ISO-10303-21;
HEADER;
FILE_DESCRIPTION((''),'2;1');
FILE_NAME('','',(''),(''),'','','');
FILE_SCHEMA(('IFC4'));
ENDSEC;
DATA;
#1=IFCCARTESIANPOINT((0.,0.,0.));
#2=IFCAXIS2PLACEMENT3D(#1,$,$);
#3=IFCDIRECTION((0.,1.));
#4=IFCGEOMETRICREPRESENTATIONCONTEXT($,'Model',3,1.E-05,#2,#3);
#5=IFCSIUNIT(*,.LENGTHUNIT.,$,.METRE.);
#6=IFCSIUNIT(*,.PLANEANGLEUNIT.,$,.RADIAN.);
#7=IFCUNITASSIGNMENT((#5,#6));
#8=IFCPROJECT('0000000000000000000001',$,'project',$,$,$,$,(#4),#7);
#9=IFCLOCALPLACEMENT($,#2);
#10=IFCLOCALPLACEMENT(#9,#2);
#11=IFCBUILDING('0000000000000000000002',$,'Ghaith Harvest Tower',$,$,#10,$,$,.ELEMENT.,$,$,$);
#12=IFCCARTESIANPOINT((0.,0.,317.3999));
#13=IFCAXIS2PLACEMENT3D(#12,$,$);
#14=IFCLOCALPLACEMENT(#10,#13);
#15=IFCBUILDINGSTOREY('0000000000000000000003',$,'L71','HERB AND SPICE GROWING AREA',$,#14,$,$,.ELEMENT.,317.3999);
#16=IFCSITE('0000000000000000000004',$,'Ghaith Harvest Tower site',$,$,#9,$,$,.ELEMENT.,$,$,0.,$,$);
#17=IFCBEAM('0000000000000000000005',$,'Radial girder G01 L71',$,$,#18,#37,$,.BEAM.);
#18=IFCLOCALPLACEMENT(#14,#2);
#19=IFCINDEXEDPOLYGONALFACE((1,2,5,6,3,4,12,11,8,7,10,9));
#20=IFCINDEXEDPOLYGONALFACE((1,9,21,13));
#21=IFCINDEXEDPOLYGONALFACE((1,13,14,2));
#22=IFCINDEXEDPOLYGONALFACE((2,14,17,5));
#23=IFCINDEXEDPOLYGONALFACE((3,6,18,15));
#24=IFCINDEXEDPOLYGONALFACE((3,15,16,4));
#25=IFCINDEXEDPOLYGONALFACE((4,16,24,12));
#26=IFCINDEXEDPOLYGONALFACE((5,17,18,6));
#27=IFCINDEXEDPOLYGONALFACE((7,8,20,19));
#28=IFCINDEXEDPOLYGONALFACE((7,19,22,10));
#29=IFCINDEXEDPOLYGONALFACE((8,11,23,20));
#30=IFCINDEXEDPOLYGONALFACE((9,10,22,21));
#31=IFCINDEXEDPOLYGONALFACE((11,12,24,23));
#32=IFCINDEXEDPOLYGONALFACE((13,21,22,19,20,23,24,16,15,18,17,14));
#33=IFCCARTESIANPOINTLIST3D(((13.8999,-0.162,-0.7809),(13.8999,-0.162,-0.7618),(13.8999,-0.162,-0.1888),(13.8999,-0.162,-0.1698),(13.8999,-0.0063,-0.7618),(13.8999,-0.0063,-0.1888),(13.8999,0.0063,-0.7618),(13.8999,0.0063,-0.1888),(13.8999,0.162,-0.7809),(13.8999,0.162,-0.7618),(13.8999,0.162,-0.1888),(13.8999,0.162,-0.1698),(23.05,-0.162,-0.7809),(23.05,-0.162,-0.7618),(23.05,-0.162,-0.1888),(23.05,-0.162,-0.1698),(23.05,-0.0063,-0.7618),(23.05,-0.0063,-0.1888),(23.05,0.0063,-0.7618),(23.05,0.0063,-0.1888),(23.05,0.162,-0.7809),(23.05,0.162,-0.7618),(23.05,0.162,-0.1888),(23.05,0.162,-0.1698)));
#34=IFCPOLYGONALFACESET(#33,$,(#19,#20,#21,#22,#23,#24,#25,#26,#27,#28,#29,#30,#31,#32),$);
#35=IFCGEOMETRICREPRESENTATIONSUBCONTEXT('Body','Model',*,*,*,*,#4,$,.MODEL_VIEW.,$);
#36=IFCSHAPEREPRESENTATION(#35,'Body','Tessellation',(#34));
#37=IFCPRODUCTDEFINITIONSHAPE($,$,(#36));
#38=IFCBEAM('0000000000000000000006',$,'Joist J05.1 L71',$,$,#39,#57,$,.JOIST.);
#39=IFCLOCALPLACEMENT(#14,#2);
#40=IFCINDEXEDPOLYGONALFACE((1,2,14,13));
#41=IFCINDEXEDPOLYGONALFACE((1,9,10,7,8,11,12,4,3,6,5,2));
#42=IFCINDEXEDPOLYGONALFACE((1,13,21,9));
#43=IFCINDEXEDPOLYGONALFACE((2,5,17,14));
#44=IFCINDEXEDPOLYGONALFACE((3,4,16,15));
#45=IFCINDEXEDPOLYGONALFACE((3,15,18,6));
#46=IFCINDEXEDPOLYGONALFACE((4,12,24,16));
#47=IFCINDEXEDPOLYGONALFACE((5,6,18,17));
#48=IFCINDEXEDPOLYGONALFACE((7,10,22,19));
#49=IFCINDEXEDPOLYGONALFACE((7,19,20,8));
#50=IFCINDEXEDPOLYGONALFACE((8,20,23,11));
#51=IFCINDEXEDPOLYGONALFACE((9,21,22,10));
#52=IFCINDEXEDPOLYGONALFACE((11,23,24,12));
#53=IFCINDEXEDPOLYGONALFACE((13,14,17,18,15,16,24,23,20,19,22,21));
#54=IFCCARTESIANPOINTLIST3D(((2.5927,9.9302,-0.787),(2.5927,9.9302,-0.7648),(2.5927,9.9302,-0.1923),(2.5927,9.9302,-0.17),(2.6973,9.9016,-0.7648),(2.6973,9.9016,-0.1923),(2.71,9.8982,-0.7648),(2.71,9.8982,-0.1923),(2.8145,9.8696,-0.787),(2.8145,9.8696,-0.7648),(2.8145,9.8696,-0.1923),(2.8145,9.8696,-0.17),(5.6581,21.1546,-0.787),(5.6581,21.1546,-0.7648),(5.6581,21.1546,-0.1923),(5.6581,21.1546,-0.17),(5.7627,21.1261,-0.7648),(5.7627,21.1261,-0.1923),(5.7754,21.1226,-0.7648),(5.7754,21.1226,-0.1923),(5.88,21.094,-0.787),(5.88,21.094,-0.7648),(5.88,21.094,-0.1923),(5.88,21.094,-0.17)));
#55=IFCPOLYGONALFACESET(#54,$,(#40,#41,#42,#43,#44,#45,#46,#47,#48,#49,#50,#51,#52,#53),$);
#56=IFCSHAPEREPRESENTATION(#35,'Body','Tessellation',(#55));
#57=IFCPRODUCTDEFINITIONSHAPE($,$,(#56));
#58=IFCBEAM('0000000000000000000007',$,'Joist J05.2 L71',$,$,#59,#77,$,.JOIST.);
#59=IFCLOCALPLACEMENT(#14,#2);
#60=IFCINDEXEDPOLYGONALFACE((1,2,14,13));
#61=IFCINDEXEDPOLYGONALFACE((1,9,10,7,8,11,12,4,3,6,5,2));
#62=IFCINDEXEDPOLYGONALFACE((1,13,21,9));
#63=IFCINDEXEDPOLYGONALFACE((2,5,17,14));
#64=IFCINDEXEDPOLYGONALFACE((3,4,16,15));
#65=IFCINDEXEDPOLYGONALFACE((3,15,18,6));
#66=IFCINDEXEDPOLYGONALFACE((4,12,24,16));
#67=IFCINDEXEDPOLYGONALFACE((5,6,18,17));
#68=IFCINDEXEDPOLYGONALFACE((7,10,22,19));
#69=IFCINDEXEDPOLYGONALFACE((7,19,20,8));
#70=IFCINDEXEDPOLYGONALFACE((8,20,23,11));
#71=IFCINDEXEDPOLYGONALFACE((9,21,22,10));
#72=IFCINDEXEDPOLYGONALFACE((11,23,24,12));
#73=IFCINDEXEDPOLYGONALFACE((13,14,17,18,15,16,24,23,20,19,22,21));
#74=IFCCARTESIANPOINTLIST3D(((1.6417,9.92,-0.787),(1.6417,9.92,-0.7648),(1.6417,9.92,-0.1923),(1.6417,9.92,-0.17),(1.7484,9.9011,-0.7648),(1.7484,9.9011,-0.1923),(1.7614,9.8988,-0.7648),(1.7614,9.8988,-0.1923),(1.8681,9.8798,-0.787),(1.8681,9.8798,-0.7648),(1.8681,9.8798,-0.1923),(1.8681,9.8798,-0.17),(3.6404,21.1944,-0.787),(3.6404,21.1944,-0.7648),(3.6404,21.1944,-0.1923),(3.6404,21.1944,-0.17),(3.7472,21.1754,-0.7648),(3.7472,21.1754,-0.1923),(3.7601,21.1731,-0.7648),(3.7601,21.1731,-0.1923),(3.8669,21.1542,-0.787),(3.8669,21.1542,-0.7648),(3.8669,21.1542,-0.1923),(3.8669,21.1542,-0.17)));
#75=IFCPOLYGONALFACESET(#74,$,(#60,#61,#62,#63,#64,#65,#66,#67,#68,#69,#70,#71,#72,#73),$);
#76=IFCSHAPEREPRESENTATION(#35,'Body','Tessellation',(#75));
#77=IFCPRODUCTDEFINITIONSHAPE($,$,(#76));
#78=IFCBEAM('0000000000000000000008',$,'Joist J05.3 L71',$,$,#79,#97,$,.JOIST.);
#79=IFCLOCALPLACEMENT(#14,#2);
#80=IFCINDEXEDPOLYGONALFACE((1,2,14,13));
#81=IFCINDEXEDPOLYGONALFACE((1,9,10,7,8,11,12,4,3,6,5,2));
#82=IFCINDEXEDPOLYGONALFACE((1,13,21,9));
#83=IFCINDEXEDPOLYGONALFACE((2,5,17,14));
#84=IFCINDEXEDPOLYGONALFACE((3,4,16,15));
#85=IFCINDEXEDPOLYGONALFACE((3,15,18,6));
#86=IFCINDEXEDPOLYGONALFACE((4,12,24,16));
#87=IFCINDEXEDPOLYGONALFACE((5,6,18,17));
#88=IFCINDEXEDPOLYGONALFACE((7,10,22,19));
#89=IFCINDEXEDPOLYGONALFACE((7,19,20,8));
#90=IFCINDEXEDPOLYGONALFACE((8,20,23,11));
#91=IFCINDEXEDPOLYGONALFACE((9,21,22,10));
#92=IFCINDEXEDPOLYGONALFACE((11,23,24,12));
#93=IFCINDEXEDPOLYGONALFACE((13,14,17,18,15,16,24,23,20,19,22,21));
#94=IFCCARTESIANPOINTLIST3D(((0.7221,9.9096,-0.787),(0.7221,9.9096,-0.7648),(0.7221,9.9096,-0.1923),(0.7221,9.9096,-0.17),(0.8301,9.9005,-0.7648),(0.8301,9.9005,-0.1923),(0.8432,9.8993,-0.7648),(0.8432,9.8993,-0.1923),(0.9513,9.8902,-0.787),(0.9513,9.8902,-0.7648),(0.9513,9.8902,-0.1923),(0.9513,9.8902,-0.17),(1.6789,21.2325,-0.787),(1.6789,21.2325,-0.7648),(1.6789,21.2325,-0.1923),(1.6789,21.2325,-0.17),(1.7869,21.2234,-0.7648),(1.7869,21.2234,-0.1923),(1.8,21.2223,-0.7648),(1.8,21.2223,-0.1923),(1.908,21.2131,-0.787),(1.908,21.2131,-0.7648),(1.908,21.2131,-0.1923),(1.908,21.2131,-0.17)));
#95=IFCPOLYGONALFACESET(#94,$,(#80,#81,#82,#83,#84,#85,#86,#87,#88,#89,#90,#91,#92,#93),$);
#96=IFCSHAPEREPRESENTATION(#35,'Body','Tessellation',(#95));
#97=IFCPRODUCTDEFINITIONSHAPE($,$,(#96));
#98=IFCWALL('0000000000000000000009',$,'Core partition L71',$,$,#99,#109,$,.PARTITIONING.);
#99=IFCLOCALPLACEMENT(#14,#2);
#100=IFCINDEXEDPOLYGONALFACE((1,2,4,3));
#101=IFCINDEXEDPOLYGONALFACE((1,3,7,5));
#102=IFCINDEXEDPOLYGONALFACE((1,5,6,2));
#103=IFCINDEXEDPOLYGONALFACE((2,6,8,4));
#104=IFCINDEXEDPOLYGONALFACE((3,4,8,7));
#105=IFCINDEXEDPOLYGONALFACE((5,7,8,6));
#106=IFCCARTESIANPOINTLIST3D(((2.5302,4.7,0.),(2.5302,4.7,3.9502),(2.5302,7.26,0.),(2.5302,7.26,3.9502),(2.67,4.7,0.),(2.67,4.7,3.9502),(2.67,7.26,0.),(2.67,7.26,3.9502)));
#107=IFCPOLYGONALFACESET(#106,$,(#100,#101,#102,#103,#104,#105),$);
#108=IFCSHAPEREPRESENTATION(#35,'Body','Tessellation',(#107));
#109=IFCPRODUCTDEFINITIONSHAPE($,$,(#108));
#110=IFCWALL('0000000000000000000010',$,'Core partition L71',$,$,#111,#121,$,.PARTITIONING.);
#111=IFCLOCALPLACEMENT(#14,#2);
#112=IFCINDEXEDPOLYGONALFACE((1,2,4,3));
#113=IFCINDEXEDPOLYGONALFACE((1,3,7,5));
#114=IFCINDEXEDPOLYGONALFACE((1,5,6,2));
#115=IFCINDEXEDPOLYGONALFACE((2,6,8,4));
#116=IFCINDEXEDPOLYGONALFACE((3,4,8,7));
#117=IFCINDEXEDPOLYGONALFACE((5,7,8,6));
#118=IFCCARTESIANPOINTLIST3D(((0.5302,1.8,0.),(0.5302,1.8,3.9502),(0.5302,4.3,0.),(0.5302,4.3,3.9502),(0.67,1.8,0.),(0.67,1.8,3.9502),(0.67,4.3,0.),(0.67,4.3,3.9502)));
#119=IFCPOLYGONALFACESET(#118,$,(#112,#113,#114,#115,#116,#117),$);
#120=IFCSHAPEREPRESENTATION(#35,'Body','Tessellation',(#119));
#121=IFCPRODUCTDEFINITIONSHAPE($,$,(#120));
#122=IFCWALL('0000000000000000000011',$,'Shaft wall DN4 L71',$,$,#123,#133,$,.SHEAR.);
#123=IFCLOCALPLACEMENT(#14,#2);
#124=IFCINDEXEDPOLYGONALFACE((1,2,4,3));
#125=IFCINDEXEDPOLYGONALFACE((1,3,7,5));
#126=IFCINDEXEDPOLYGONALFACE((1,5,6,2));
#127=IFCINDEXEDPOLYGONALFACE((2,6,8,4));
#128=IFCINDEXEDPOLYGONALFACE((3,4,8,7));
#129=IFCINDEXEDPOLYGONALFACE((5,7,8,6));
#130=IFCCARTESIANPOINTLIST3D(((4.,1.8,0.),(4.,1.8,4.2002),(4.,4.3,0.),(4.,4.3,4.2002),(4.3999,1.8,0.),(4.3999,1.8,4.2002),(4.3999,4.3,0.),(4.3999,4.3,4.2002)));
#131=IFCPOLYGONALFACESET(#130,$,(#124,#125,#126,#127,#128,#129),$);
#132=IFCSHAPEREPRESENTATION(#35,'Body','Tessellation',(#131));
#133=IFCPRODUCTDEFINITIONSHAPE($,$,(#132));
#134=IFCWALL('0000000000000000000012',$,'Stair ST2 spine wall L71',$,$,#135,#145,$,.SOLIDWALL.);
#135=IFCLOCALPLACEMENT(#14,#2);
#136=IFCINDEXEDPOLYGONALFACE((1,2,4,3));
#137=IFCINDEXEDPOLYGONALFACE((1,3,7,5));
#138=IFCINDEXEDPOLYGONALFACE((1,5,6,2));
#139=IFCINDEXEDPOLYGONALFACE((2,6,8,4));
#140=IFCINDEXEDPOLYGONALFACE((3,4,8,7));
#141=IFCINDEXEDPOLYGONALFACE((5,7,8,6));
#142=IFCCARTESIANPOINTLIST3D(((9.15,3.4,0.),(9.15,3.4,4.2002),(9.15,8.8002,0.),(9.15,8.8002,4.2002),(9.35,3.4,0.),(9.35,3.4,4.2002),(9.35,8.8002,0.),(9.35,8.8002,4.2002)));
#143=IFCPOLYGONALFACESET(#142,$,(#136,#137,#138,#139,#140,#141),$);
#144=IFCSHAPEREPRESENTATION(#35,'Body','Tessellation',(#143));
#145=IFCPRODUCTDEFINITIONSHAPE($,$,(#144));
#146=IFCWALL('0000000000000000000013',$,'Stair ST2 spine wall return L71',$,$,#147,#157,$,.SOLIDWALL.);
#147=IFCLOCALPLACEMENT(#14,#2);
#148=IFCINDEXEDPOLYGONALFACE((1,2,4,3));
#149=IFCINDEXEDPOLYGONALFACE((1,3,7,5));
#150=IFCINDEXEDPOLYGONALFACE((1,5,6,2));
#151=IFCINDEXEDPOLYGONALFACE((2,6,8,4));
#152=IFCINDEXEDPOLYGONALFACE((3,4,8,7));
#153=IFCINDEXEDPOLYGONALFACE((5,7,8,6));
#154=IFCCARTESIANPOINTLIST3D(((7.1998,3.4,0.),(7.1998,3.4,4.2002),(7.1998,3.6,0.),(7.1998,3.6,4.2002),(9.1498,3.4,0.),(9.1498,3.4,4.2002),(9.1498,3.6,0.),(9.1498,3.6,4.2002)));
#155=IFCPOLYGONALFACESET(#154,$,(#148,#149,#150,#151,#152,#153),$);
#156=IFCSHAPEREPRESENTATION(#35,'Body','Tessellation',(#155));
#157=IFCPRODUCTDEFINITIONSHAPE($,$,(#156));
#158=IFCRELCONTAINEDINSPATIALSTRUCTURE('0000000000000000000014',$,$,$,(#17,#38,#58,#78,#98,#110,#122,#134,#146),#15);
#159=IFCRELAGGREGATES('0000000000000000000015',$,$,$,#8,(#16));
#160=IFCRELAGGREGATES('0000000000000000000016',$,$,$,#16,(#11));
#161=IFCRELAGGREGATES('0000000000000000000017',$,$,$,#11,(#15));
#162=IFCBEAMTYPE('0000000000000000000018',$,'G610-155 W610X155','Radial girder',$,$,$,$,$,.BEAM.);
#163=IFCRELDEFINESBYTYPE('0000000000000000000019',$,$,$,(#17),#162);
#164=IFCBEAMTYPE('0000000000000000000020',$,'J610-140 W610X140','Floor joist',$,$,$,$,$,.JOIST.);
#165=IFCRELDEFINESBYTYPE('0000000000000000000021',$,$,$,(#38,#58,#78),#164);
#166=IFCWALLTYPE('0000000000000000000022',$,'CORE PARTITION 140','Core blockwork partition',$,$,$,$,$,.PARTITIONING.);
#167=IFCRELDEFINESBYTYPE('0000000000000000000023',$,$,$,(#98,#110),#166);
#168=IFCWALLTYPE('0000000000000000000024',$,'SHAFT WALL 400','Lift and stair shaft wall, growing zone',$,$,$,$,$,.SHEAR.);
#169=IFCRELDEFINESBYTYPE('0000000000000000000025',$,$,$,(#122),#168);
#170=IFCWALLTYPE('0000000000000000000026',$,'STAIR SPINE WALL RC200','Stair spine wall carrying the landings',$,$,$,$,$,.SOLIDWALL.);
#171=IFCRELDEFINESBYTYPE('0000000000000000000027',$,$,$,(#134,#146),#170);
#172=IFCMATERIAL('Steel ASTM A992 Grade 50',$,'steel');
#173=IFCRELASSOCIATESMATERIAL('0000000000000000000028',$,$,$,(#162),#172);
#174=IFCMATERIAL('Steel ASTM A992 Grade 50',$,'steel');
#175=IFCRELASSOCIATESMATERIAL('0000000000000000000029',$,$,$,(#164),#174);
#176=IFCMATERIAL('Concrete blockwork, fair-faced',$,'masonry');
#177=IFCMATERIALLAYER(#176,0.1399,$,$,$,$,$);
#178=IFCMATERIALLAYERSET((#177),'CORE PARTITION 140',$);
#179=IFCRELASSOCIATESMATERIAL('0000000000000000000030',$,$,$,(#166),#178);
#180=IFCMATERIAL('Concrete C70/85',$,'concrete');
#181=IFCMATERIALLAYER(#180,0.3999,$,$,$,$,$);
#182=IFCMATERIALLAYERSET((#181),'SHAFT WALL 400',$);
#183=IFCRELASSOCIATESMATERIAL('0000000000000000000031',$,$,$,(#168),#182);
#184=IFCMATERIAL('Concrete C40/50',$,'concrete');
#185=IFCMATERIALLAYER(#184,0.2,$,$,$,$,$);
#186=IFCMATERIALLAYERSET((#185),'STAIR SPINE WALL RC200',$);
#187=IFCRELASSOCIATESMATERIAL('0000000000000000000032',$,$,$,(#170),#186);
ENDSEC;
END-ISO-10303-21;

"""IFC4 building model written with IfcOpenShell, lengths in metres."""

from ifc_helpers import new_model, si_unit, direction, frame, frame_2d, origin, origin_2d, place, context, subcontext, project, spatial, rectangle, i_section, extrude, material, layer, layer_set, material_profile, profile_set, type_object, element, save


model = new_model("IFC4")

# Units and contexts
model_context = context("Model", 3, precision=1e-05, world=origin(), true_north=direction((0.0, 1.0)))
body_context = subcontext(model_context, "Body", "Model", "MODEL_VIEW")
ifc_project = project(units=[si_unit("LENGTHUNIT", "METRE"), si_unit("PLANEANGLEUNIT", "RADIAN")], contexts=[model_context])

# Site, building, storey
site_placement = place(None, origin())
site = spatial("IfcSite", under=ifc_project, at=site_placement, Name="Ghaith Harvest Tower site", CompositionType="ELEMENT", RefElevation=0.0)
building_placement = place(site_placement, origin())
building = spatial("IfcBuilding", under=site, at=building_placement, Name="Ghaith Harvest Tower", CompositionType="ELEMENT")
storey_placement = place(building_placement, frame((0.0, 0.0, 317.3999)))
storey = spatial("IfcBuildingStorey", under=building, at=storey_placement, Name="L71", Description="HERB AND SPICE GROWING AREA", CompositionType="ELEMENT", Elevation=317.3999)

# Beams
ifc_material_1 = material(Name="Steel ASTM A992 Grade 50", Category="steel")
ifc_material_profile_1 = material_profile(ifc_material_1, i_section(OverallWidth=0.324, OverallDepth=0.6111, WebThickness=0.0127, FlangeThickness=0.019, at=origin_2d()), Name="W610X155")
ifc_profile_set_1 = profile_set([ifc_material_profile_1], Name="Steel ASTM A992 Grade 50")
beam_type_1 = type_object("IfcBeamType", Name="G610-155 W610X155", Description="Radial girder", PredefinedType="BEAM", material=ifc_profile_set_1)
beam_1_placement = place(storey_placement, frame((13.8999, 0.0, -0.4753), z_axis=(1.0, 0.0, 0.0), x_axis=(0.0, 1.0, 0.0)))
element("IfcBeam", 1, at=beam_1_placement, inside=storey, type_object=beam_type_1, Name="Radial girder G01 L71", PredefinedType="BEAM", context=body_context, shape_type="SweptSolid", body=[
    extrude(i_section(OverallWidth=0.324, OverallDepth=0.6111, WebThickness=0.0127, FlangeThickness=0.019, at=origin_2d()), origin(), (0.0, 0.0, 1.0), 9.1501),
])
ifc_material_2 = material(Name="Steel ASTM A992 Grade 50", Category="steel")
ifc_material_profile_2 = material_profile(ifc_material_2, i_section(OverallWidth=0.23, OverallDepth=0.6169, WebThickness=0.0132, FlangeThickness=0.0222, at=origin_2d()), Name="W610X140")
ifc_profile_set_2 = profile_set([ifc_material_profile_2], Name="Steel ASTM A992 Grade 50")
beam_type_2 = type_object("IfcBeamType", Name="J610-140 W610X140", Description="Floor joist", PredefinedType="JOIST", material=ifc_profile_set_2)
beam_2_placement = place(storey_placement, frame((2.7036, 9.8999, -0.4785), z_axis=(0.263456, 0.964671, 0.0), x_axis=(-0.964671, 0.263456, 0.0)))
element("IfcBeam", 2, at=beam_2_placement, inside=storey, type_object=beam_type_2, Name="Joist J05.1 L71", PredefinedType="JOIST", context=body_context, shape_type="SweptSolid", body=[
    extrude(i_section(OverallWidth=0.23, OverallDepth=0.6169, WebThickness=0.0132, FlangeThickness=0.0222, at=origin_2d()), origin(), (0.0, 0.0, 1.0), 11.6355),
])
beam_3_placement = place(storey_placement, frame((1.7549, 9.8999, -0.4785), z_axis=(0.174563, 0.984646, 0.0), x_axis=(-0.984646, 0.174563, 0.0)))
element("IfcBeam", 3, at=beam_3_placement, inside=storey, type_object=beam_type_2, Name="Joist J05.2 L71", PredefinedType="JOIST", context=body_context, shape_type="SweptSolid", body=[
    extrude(i_section(OverallWidth=0.23, OverallDepth=0.6169, WebThickness=0.0132, FlangeThickness=0.0222, at=origin_2d()), origin(), (0.0, 0.0, 1.0), 11.4502),
])
beam_4_placement = place(storey_placement, frame((0.8367, 9.8999, -0.4785), z_axis=(0.084199, 0.996449, 0.0), x_axis=(-0.996449, 0.084199, 0.0)))
element("IfcBeam", 4, at=beam_4_placement, inside=storey, type_object=beam_type_2, Name="Joist J05.3 L71", PredefinedType="JOIST", context=body_context, shape_type="SweptSolid", body=[
    extrude(i_section(OverallWidth=0.23, OverallDepth=0.6169, WebThickness=0.0132, FlangeThickness=0.0222, at=origin_2d()), origin(), (0.0, 0.0, 1.0), 11.3633),
])

# Walls
ifc_material_3 = material(Name="Concrete blockwork, fair-faced", Category="masonry")
ifc_layer_1 = layer(ifc_material_3, 0.1399)
ifc_layer_set_1 = layer_set([ifc_layer_1], Name="CORE PARTITION 140")
wall_type_1 = type_object("IfcWallType", Name="CORE PARTITION 140", Description="Core blockwork partition", PredefinedType="PARTITIONING", material=ifc_layer_set_1)
wall_1_placement = place(storey_placement, frame((2.6001, 4.7, 0.0), z_axis=(0.0, 0.0, 1.0), x_axis=(0.0, 1.0, 0.0)))
element("IfcWall", 5, at=wall_1_placement, inside=storey, type_object=wall_type_1, Name="Core partition L71", PredefinedType="PARTITIONING", context=body_context, shape_type="SweptSolid", body=[
    extrude(rectangle(XDim=2.5601, YDim=0.1399, at=frame_2d((1.28, 0.0))), origin(), (0.0, 0.0, 1.0), 3.9502),
])
wall_2_placement = place(storey_placement, frame((0.6001, 1.8, 0.0), z_axis=(0.0, 0.0, 1.0), x_axis=(0.0, 1.0, 0.0)))
element("IfcWall", 6, at=wall_2_placement, inside=storey, type_object=wall_type_1, Name="Core partition L71", PredefinedType="PARTITIONING", context=body_context, shape_type="SweptSolid", body=[
    extrude(rectangle(XDim=2.5, YDim=0.1399, at=frame_2d((1.25, 0.0))), origin(), (0.0, 0.0, 1.0), 3.9502),
])

# Shared definitions
ifc_material_4 = material(Name="Concrete C70/85", Category="concrete")
ifc_layer_2 = layer(ifc_material_4, 0.3999)
ifc_layer_set_2 = layer_set([ifc_layer_2], Name="SHAFT WALL 400")
wall_type_2 = type_object("IfcWallType", Name="SHAFT WALL 400", Description="Lift and stair shaft wall, growing zone", PredefinedType="SHEAR", material=ifc_layer_set_2)

# Walls
wall_3_placement = place(storey_placement, frame((4.2, 1.8, 0.0), z_axis=(0.0, 0.0, 1.0), x_axis=(0.0, 1.0, 0.0)))
element("IfcWall", 7, at=wall_3_placement, inside=storey, type_object=wall_type_2, Name="Shaft wall DN4 L71", PredefinedType="SHEAR", context=body_context, shape_type="SweptSolid", body=[
    extrude(rectangle(XDim=2.5, YDim=0.3999, at=frame_2d((1.25, 0.0))), origin(), (0.0, 0.0, 1.0), 4.2002),
])
ifc_material_5 = material(Name="Concrete C40/50", Category="concrete")
ifc_layer_3 = layer(ifc_material_5, 0.2)
ifc_layer_set_3 = layer_set([ifc_layer_3], Name="STAIR SPINE WALL RC200")
wall_type_3 = type_object("IfcWallType", Name="STAIR SPINE WALL RC200", Description="Stair spine wall carrying the landings", PredefinedType="SOLIDWALL", material=ifc_layer_set_3)
wall_4_placement = place(storey_placement, frame((9.25, 3.3999, 0.0), z_axis=(0.0, 0.0, 1.0), x_axis=(0.0, 1.0, 0.0)))
element("IfcWall", 8, at=wall_4_placement, inside=storey, type_object=wall_type_3, Name="Stair ST2 spine wall L71", PredefinedType="SOLIDWALL", context=body_context, shape_type="SweptSolid", body=[
    extrude(rectangle(XDim=5.4001, YDim=0.2, at=frame_2d((2.7002, 0.0))), origin(), (0.0, 0.0, 1.0), 4.2002),
])
wall_5_placement = place(storey_placement, frame((9.1499, 3.5, 0.0), z_axis=(0.0, 0.0, 1.0), x_axis=(-1.0, 0.0, 0.0)))
element("IfcWall", 9, at=wall_5_placement, inside=storey, type_object=wall_type_3, Name="Stair ST2 spine wall return L71", PredefinedType="SOLIDWALL", context=body_context, shape_type="SweptSolid", body=[
    extrude(rectangle(XDim=1.95, YDim=0.2, at=frame_2d((0.9751, 0.0))), origin(), (0.0, 0.0, 1.0), 4.2002),
])

save(model, "model.ifc")
